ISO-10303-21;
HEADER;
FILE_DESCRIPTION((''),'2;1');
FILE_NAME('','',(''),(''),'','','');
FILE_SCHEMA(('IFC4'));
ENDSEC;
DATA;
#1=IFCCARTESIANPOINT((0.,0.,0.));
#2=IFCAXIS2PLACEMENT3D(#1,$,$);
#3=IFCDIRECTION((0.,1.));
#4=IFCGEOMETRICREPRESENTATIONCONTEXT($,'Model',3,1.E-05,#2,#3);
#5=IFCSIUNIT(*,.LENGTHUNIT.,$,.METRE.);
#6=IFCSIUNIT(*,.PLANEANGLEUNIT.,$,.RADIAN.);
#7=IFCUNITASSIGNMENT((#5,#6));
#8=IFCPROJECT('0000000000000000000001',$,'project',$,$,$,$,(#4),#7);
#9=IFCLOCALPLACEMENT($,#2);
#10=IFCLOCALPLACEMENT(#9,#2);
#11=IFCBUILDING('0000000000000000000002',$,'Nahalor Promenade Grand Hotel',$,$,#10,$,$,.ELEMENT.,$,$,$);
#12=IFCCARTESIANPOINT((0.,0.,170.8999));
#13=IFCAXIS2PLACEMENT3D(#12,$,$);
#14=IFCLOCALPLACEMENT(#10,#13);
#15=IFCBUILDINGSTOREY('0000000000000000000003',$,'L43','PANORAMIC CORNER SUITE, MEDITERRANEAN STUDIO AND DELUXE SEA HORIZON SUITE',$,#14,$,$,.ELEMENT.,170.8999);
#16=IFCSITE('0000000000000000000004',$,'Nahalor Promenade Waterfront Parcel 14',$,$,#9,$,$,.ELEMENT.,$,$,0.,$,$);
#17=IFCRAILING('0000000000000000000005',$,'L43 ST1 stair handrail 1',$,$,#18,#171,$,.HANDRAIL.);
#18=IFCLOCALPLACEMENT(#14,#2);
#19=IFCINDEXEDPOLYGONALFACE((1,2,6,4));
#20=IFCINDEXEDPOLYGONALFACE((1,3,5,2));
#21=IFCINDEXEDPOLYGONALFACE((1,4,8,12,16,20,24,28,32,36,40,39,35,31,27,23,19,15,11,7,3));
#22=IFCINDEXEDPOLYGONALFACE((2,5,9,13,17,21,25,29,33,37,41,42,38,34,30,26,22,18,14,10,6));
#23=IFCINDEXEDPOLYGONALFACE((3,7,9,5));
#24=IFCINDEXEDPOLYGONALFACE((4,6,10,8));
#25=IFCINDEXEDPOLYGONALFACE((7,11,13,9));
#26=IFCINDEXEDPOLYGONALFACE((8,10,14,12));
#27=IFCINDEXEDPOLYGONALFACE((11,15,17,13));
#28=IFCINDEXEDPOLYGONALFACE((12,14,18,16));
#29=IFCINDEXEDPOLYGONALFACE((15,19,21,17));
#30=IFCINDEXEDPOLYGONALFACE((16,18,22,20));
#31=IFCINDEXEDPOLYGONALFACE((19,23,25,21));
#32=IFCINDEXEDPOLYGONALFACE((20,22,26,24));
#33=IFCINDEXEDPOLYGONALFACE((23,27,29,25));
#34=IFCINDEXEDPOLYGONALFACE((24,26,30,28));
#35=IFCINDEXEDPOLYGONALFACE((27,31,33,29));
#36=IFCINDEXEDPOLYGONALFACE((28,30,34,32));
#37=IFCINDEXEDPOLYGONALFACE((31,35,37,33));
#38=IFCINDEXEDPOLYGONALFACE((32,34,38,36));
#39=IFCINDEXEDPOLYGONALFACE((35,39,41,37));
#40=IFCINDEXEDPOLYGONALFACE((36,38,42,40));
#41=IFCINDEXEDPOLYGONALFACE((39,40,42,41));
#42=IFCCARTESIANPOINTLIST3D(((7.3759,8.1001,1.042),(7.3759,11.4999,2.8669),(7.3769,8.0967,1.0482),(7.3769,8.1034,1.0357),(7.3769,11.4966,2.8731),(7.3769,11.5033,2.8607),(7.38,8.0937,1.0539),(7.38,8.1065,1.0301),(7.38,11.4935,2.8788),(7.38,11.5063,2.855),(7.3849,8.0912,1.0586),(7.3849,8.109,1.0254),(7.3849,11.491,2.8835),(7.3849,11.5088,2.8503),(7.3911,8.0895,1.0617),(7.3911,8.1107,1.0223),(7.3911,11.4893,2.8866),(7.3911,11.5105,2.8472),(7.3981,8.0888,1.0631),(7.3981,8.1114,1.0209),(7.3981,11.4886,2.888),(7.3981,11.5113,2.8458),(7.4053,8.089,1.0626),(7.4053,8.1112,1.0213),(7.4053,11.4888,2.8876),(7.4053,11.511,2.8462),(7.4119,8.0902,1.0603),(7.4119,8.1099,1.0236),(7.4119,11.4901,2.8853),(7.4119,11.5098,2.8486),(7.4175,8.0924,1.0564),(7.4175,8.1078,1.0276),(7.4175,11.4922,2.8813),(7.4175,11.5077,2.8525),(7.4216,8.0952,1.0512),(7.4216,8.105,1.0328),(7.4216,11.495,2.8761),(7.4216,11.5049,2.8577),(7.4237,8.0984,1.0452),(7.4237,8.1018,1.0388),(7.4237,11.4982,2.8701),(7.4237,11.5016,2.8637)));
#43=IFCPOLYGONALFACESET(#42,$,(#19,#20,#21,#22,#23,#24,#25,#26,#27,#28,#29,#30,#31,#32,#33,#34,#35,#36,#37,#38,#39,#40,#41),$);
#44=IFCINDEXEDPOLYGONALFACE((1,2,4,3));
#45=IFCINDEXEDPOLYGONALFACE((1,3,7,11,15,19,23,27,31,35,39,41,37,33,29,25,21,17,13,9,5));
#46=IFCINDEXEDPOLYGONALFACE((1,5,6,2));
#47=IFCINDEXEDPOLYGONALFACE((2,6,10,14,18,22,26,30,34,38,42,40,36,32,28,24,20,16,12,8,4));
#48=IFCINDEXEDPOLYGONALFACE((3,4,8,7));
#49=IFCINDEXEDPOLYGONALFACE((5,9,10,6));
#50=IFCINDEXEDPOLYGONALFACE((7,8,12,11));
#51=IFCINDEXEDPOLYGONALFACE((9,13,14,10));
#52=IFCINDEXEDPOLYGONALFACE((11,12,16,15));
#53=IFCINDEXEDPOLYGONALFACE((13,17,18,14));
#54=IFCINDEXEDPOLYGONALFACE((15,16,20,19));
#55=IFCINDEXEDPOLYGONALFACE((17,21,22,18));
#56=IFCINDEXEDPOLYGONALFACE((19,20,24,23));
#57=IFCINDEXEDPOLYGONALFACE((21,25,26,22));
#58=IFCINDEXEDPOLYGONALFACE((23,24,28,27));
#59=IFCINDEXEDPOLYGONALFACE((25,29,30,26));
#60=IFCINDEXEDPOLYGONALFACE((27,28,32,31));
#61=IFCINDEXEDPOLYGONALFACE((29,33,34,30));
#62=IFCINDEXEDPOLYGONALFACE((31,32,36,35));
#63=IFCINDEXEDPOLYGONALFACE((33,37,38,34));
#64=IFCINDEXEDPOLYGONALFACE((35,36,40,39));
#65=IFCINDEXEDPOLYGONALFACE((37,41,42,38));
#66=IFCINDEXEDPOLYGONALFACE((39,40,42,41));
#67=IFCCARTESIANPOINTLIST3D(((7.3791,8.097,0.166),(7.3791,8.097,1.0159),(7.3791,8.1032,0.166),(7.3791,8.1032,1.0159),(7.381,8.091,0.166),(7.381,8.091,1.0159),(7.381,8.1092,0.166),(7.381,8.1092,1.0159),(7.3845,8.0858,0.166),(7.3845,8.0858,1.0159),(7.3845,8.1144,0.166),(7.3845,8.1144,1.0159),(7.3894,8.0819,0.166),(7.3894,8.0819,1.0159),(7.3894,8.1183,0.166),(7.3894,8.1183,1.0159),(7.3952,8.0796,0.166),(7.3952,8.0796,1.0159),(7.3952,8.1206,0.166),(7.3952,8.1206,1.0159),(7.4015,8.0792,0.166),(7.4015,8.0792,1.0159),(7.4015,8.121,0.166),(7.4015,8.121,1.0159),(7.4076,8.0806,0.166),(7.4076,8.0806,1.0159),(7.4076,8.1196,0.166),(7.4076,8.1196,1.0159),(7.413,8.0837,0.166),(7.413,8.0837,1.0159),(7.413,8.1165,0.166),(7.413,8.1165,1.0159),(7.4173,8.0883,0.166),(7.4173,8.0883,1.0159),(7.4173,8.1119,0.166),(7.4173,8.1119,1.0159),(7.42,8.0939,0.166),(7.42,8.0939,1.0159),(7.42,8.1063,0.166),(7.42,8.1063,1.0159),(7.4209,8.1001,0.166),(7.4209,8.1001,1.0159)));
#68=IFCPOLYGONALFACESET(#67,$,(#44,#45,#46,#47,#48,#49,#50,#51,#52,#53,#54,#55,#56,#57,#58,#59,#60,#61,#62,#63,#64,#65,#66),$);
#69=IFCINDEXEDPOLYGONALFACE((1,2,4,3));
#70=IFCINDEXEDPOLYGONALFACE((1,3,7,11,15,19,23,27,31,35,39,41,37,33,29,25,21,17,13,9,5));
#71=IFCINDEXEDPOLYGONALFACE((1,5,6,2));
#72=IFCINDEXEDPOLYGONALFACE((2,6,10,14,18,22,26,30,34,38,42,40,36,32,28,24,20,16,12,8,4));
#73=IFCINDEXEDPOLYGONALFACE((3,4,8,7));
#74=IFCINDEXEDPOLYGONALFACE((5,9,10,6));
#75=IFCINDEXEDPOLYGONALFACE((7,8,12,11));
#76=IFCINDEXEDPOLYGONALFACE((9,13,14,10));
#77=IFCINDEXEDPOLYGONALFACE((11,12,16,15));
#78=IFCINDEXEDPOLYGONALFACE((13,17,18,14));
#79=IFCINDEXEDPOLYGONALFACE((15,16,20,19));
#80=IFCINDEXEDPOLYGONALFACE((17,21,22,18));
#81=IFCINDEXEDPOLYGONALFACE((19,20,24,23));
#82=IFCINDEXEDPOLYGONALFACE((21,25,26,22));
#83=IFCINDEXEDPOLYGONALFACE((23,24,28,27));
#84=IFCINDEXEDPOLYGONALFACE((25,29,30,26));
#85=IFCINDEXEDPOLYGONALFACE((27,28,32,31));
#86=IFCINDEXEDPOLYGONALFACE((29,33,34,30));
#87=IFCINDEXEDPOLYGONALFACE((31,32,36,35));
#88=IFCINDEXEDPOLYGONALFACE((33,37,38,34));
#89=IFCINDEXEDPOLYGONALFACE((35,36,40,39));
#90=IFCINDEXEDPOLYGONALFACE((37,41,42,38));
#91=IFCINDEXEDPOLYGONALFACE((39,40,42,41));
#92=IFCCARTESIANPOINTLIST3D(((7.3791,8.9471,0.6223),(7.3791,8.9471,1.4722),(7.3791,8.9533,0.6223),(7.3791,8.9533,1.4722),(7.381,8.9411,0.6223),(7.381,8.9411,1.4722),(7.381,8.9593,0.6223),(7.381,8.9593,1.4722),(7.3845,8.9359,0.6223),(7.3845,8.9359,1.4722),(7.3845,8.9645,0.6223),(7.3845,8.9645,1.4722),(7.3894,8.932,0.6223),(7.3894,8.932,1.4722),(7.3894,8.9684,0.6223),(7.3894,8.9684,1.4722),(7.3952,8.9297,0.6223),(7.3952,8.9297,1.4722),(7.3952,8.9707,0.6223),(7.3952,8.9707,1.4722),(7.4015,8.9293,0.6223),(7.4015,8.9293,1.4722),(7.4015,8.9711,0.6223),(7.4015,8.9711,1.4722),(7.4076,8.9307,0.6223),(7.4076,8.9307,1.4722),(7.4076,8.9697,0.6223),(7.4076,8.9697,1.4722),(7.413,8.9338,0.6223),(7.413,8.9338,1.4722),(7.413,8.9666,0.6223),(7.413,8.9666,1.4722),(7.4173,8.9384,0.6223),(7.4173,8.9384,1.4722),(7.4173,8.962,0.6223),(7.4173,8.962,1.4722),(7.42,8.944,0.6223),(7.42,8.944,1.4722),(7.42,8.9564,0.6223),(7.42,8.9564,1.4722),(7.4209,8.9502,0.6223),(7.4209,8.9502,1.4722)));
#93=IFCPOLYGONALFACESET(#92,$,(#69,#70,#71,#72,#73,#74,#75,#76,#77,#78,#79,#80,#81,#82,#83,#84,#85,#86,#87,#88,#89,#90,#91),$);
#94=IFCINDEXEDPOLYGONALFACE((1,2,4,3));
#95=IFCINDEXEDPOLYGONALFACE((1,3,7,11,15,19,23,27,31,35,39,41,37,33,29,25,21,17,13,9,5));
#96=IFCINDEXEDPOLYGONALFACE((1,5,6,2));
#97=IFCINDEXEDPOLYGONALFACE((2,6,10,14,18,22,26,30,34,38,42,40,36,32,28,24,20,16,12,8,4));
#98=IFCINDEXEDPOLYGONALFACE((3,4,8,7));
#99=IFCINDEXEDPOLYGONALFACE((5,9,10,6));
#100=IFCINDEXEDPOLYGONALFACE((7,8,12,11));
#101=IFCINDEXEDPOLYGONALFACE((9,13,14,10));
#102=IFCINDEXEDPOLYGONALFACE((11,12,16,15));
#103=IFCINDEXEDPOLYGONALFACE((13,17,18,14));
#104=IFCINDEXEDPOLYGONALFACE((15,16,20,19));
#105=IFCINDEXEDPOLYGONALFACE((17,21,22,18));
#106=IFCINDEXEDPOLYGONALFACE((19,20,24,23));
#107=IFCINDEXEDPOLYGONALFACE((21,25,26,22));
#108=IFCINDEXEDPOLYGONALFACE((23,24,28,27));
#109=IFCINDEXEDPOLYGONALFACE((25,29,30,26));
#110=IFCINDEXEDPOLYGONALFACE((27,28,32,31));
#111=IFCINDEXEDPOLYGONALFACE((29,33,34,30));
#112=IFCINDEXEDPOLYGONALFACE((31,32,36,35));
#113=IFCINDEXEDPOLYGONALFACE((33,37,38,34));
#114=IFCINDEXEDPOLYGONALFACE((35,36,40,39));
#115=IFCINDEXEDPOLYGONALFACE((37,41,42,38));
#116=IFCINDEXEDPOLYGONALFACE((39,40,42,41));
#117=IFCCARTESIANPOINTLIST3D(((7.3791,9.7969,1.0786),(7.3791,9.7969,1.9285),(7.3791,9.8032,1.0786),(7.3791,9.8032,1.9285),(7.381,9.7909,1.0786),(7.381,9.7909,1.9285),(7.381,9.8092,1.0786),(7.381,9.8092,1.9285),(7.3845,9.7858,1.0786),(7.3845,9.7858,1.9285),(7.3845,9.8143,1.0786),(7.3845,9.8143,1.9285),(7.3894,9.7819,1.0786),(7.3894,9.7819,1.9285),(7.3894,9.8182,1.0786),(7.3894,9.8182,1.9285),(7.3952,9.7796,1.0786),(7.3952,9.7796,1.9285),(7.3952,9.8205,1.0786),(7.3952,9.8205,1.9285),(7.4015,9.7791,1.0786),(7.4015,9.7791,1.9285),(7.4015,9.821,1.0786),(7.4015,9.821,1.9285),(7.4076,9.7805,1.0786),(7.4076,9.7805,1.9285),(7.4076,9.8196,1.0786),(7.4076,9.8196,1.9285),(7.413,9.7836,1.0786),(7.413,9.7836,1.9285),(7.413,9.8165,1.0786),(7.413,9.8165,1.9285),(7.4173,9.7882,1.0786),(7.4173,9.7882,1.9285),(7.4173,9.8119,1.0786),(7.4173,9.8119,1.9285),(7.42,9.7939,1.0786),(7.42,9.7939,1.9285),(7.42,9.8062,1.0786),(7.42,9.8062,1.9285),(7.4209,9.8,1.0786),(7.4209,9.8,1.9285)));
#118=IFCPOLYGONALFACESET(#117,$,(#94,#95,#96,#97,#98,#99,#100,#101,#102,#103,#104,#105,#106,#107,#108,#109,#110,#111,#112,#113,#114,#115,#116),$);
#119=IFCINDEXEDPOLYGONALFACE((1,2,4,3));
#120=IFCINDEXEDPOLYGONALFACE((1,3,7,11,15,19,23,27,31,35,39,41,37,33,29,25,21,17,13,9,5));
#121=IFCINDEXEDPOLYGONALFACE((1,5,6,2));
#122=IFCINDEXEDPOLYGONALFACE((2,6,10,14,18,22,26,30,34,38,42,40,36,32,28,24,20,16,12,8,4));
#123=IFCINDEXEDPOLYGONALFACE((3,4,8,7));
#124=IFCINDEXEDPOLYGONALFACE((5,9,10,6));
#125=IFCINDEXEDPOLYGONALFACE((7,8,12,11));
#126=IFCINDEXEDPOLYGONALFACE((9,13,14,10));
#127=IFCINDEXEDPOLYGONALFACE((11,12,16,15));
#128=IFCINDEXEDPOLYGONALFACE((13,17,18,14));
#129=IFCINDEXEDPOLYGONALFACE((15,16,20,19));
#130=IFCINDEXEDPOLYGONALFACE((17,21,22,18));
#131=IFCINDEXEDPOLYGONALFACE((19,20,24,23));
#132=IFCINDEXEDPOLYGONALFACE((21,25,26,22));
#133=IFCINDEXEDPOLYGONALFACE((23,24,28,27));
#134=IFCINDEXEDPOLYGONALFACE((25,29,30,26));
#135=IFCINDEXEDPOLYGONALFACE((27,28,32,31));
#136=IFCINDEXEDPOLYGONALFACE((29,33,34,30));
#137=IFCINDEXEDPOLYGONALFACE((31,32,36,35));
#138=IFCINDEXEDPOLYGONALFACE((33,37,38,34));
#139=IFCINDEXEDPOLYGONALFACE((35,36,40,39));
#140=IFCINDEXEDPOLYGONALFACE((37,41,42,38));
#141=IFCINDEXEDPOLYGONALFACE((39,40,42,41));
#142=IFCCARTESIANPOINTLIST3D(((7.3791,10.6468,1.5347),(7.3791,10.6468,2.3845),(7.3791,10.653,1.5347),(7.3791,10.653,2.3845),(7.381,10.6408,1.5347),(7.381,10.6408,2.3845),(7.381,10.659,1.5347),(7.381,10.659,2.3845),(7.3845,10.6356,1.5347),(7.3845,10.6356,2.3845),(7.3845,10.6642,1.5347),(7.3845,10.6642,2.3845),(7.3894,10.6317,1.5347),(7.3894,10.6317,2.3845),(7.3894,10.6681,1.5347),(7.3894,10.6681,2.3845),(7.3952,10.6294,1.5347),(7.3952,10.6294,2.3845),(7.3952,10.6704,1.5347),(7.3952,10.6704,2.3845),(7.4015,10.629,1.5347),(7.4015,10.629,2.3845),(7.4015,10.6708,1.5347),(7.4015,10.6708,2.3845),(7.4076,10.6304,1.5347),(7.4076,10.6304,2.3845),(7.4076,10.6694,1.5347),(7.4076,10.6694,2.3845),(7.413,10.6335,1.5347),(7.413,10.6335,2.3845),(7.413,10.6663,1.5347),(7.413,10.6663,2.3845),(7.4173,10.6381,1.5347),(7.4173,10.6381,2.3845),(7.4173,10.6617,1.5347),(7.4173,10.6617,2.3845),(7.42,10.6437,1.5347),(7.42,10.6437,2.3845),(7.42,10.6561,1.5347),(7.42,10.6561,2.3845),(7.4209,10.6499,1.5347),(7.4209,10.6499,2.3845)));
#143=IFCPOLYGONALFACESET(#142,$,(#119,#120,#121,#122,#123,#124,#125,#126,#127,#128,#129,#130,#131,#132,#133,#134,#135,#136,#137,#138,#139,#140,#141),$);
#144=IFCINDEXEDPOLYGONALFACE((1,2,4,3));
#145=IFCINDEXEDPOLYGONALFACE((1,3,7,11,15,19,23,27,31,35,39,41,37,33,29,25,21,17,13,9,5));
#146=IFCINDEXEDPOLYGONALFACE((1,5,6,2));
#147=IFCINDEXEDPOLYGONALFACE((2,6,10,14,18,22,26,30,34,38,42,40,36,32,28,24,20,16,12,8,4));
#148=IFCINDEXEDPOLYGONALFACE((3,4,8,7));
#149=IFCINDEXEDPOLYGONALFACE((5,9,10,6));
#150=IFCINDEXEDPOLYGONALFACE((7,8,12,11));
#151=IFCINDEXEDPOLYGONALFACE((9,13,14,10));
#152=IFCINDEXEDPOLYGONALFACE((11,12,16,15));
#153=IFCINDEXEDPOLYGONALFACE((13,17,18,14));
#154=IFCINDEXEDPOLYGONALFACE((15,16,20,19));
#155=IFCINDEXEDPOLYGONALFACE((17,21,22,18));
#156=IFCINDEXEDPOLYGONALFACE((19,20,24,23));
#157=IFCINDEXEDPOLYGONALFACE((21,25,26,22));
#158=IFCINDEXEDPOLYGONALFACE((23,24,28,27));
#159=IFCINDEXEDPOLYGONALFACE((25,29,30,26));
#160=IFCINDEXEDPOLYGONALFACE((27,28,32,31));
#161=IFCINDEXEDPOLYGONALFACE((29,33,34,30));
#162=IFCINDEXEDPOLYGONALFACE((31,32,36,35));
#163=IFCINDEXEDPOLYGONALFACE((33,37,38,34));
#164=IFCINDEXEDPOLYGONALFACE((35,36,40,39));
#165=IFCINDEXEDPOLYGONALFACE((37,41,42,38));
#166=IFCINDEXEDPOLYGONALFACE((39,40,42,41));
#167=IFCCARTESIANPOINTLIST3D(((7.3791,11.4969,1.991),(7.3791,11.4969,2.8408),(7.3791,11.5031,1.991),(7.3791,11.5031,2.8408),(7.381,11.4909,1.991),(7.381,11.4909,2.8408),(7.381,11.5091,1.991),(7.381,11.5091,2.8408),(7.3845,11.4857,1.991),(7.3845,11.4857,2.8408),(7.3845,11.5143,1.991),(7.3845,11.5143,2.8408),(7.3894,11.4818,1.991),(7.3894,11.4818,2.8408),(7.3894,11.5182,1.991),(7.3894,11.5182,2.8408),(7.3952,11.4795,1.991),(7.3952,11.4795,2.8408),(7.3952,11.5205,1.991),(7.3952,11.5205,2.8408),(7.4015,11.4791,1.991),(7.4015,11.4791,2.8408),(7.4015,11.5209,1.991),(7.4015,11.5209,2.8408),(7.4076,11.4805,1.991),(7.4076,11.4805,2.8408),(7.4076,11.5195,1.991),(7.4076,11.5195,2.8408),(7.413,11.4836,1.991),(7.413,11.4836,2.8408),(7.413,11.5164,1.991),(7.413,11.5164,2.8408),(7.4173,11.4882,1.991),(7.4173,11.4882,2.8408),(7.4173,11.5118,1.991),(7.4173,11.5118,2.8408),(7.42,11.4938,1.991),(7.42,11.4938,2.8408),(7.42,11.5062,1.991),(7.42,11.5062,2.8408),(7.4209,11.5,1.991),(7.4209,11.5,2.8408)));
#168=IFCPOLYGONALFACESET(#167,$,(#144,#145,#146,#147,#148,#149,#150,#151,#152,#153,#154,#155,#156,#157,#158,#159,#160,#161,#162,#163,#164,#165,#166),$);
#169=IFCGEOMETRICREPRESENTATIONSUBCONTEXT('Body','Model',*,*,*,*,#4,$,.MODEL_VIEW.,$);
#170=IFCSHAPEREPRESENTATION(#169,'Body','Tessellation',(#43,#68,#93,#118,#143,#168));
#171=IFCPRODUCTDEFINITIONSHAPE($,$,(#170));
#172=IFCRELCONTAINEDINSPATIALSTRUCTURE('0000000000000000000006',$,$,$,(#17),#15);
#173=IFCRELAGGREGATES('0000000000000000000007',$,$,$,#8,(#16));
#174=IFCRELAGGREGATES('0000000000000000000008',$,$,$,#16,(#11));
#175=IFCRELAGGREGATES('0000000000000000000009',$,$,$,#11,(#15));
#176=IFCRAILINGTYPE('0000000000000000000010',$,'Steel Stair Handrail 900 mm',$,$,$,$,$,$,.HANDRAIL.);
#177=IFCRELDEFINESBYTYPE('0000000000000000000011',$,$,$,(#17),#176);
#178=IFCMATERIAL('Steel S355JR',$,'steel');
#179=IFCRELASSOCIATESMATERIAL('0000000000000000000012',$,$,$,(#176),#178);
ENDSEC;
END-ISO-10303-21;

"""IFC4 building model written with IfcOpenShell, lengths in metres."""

from ifc_helpers import new_model, si_unit, direction, frame, origin, origin_2d, place, context, subcontext, project, spatial, circle, extrude, material, type_object, element, save


model = new_model("IFC4")

# Units and contexts
model_context = context("Model", 3, precision=1e-05, world=origin(), true_north=direction((0.0, 1.0)))
body_context = subcontext(model_context, "Body", "Model", "MODEL_VIEW")
ifc_project = project(units=[si_unit("LENGTHUNIT", "METRE"), si_unit("PLANEANGLEUNIT", "RADIAN")], contexts=[model_context])

# Site, building, storey
site_placement = place(None, origin())
site = spatial("IfcSite", under=ifc_project, at=site_placement, Name="Nahalor Promenade Waterfront Parcel 14", CompositionType="ELEMENT", RefElevation=0.0)
building_placement = place(site_placement, origin())
building = spatial("IfcBuilding", under=site, at=building_placement, Name="Nahalor Promenade Grand Hotel", CompositionType="ELEMENT")
storey_placement = place(building_placement, frame((0.0, 0.0, 170.8999)))
storey = spatial("IfcBuildingStorey", under=building, at=storey_placement, Name="L43", Description="PANORAMIC CORNER SUITE, MEDITERRANEAN STUDIO AND DELUXE SEA HORIZON SUITE", CompositionType="ELEMENT", Elevation=170.8999)

# Shared definitions
ifc_material_1 = material(Name="Steel S355JR", Category="steel")

# Railing
railing_type_1 = type_object("IfcRailingType", Name="Steel Stair Handrail 900 mm", PredefinedType="HANDRAIL", material=ifc_material_1)
railing_1_placement = place(storey_placement, frame((7.3999, 8.1001, 0.166)))
element("IfcRailing", 1, at=railing_1_placement, inside=storey, type_object=railing_type_1, Name="L43 ST1 stair handrail 1", PredefinedType="HANDRAIL", context=body_context, shape_type="SweptSolid", body=[
    extrude(circle(Radius=0.024, at=origin_2d()), frame((0.0, 0.0, 0.876), z_axis=(0.0, 0.881094, 0.472941), x_axis=(-1.0, 0.0, 0.0)), (0.0, 0.0, 1.0), 3.8586),
    extrude(circle(Radius=0.021, at=origin_2d()), origin(), (0.0, 0.0, 1.0), 0.8499),
    extrude(circle(Radius=0.021, at=origin_2d()), frame((0.0, 0.8501, 0.4563)), (0.0, 0.0, 1.0), 0.8499),
    extrude(circle(Radius=0.021, at=origin_2d()), frame((0.0, 1.7, 0.9126)), (0.0, 0.0, 1.0), 0.8499),
    extrude(circle(Radius=0.021, at=origin_2d()), frame((0.0, 2.5498, 1.3687)), (0.0, 0.0, 1.0), 0.8499),
    extrude(circle(Radius=0.021, at=origin_2d()), frame((0.0, 3.3999, 1.825)), (0.0, 0.0, 1.0), 0.8499),
])

save(model, "model.ifc")
